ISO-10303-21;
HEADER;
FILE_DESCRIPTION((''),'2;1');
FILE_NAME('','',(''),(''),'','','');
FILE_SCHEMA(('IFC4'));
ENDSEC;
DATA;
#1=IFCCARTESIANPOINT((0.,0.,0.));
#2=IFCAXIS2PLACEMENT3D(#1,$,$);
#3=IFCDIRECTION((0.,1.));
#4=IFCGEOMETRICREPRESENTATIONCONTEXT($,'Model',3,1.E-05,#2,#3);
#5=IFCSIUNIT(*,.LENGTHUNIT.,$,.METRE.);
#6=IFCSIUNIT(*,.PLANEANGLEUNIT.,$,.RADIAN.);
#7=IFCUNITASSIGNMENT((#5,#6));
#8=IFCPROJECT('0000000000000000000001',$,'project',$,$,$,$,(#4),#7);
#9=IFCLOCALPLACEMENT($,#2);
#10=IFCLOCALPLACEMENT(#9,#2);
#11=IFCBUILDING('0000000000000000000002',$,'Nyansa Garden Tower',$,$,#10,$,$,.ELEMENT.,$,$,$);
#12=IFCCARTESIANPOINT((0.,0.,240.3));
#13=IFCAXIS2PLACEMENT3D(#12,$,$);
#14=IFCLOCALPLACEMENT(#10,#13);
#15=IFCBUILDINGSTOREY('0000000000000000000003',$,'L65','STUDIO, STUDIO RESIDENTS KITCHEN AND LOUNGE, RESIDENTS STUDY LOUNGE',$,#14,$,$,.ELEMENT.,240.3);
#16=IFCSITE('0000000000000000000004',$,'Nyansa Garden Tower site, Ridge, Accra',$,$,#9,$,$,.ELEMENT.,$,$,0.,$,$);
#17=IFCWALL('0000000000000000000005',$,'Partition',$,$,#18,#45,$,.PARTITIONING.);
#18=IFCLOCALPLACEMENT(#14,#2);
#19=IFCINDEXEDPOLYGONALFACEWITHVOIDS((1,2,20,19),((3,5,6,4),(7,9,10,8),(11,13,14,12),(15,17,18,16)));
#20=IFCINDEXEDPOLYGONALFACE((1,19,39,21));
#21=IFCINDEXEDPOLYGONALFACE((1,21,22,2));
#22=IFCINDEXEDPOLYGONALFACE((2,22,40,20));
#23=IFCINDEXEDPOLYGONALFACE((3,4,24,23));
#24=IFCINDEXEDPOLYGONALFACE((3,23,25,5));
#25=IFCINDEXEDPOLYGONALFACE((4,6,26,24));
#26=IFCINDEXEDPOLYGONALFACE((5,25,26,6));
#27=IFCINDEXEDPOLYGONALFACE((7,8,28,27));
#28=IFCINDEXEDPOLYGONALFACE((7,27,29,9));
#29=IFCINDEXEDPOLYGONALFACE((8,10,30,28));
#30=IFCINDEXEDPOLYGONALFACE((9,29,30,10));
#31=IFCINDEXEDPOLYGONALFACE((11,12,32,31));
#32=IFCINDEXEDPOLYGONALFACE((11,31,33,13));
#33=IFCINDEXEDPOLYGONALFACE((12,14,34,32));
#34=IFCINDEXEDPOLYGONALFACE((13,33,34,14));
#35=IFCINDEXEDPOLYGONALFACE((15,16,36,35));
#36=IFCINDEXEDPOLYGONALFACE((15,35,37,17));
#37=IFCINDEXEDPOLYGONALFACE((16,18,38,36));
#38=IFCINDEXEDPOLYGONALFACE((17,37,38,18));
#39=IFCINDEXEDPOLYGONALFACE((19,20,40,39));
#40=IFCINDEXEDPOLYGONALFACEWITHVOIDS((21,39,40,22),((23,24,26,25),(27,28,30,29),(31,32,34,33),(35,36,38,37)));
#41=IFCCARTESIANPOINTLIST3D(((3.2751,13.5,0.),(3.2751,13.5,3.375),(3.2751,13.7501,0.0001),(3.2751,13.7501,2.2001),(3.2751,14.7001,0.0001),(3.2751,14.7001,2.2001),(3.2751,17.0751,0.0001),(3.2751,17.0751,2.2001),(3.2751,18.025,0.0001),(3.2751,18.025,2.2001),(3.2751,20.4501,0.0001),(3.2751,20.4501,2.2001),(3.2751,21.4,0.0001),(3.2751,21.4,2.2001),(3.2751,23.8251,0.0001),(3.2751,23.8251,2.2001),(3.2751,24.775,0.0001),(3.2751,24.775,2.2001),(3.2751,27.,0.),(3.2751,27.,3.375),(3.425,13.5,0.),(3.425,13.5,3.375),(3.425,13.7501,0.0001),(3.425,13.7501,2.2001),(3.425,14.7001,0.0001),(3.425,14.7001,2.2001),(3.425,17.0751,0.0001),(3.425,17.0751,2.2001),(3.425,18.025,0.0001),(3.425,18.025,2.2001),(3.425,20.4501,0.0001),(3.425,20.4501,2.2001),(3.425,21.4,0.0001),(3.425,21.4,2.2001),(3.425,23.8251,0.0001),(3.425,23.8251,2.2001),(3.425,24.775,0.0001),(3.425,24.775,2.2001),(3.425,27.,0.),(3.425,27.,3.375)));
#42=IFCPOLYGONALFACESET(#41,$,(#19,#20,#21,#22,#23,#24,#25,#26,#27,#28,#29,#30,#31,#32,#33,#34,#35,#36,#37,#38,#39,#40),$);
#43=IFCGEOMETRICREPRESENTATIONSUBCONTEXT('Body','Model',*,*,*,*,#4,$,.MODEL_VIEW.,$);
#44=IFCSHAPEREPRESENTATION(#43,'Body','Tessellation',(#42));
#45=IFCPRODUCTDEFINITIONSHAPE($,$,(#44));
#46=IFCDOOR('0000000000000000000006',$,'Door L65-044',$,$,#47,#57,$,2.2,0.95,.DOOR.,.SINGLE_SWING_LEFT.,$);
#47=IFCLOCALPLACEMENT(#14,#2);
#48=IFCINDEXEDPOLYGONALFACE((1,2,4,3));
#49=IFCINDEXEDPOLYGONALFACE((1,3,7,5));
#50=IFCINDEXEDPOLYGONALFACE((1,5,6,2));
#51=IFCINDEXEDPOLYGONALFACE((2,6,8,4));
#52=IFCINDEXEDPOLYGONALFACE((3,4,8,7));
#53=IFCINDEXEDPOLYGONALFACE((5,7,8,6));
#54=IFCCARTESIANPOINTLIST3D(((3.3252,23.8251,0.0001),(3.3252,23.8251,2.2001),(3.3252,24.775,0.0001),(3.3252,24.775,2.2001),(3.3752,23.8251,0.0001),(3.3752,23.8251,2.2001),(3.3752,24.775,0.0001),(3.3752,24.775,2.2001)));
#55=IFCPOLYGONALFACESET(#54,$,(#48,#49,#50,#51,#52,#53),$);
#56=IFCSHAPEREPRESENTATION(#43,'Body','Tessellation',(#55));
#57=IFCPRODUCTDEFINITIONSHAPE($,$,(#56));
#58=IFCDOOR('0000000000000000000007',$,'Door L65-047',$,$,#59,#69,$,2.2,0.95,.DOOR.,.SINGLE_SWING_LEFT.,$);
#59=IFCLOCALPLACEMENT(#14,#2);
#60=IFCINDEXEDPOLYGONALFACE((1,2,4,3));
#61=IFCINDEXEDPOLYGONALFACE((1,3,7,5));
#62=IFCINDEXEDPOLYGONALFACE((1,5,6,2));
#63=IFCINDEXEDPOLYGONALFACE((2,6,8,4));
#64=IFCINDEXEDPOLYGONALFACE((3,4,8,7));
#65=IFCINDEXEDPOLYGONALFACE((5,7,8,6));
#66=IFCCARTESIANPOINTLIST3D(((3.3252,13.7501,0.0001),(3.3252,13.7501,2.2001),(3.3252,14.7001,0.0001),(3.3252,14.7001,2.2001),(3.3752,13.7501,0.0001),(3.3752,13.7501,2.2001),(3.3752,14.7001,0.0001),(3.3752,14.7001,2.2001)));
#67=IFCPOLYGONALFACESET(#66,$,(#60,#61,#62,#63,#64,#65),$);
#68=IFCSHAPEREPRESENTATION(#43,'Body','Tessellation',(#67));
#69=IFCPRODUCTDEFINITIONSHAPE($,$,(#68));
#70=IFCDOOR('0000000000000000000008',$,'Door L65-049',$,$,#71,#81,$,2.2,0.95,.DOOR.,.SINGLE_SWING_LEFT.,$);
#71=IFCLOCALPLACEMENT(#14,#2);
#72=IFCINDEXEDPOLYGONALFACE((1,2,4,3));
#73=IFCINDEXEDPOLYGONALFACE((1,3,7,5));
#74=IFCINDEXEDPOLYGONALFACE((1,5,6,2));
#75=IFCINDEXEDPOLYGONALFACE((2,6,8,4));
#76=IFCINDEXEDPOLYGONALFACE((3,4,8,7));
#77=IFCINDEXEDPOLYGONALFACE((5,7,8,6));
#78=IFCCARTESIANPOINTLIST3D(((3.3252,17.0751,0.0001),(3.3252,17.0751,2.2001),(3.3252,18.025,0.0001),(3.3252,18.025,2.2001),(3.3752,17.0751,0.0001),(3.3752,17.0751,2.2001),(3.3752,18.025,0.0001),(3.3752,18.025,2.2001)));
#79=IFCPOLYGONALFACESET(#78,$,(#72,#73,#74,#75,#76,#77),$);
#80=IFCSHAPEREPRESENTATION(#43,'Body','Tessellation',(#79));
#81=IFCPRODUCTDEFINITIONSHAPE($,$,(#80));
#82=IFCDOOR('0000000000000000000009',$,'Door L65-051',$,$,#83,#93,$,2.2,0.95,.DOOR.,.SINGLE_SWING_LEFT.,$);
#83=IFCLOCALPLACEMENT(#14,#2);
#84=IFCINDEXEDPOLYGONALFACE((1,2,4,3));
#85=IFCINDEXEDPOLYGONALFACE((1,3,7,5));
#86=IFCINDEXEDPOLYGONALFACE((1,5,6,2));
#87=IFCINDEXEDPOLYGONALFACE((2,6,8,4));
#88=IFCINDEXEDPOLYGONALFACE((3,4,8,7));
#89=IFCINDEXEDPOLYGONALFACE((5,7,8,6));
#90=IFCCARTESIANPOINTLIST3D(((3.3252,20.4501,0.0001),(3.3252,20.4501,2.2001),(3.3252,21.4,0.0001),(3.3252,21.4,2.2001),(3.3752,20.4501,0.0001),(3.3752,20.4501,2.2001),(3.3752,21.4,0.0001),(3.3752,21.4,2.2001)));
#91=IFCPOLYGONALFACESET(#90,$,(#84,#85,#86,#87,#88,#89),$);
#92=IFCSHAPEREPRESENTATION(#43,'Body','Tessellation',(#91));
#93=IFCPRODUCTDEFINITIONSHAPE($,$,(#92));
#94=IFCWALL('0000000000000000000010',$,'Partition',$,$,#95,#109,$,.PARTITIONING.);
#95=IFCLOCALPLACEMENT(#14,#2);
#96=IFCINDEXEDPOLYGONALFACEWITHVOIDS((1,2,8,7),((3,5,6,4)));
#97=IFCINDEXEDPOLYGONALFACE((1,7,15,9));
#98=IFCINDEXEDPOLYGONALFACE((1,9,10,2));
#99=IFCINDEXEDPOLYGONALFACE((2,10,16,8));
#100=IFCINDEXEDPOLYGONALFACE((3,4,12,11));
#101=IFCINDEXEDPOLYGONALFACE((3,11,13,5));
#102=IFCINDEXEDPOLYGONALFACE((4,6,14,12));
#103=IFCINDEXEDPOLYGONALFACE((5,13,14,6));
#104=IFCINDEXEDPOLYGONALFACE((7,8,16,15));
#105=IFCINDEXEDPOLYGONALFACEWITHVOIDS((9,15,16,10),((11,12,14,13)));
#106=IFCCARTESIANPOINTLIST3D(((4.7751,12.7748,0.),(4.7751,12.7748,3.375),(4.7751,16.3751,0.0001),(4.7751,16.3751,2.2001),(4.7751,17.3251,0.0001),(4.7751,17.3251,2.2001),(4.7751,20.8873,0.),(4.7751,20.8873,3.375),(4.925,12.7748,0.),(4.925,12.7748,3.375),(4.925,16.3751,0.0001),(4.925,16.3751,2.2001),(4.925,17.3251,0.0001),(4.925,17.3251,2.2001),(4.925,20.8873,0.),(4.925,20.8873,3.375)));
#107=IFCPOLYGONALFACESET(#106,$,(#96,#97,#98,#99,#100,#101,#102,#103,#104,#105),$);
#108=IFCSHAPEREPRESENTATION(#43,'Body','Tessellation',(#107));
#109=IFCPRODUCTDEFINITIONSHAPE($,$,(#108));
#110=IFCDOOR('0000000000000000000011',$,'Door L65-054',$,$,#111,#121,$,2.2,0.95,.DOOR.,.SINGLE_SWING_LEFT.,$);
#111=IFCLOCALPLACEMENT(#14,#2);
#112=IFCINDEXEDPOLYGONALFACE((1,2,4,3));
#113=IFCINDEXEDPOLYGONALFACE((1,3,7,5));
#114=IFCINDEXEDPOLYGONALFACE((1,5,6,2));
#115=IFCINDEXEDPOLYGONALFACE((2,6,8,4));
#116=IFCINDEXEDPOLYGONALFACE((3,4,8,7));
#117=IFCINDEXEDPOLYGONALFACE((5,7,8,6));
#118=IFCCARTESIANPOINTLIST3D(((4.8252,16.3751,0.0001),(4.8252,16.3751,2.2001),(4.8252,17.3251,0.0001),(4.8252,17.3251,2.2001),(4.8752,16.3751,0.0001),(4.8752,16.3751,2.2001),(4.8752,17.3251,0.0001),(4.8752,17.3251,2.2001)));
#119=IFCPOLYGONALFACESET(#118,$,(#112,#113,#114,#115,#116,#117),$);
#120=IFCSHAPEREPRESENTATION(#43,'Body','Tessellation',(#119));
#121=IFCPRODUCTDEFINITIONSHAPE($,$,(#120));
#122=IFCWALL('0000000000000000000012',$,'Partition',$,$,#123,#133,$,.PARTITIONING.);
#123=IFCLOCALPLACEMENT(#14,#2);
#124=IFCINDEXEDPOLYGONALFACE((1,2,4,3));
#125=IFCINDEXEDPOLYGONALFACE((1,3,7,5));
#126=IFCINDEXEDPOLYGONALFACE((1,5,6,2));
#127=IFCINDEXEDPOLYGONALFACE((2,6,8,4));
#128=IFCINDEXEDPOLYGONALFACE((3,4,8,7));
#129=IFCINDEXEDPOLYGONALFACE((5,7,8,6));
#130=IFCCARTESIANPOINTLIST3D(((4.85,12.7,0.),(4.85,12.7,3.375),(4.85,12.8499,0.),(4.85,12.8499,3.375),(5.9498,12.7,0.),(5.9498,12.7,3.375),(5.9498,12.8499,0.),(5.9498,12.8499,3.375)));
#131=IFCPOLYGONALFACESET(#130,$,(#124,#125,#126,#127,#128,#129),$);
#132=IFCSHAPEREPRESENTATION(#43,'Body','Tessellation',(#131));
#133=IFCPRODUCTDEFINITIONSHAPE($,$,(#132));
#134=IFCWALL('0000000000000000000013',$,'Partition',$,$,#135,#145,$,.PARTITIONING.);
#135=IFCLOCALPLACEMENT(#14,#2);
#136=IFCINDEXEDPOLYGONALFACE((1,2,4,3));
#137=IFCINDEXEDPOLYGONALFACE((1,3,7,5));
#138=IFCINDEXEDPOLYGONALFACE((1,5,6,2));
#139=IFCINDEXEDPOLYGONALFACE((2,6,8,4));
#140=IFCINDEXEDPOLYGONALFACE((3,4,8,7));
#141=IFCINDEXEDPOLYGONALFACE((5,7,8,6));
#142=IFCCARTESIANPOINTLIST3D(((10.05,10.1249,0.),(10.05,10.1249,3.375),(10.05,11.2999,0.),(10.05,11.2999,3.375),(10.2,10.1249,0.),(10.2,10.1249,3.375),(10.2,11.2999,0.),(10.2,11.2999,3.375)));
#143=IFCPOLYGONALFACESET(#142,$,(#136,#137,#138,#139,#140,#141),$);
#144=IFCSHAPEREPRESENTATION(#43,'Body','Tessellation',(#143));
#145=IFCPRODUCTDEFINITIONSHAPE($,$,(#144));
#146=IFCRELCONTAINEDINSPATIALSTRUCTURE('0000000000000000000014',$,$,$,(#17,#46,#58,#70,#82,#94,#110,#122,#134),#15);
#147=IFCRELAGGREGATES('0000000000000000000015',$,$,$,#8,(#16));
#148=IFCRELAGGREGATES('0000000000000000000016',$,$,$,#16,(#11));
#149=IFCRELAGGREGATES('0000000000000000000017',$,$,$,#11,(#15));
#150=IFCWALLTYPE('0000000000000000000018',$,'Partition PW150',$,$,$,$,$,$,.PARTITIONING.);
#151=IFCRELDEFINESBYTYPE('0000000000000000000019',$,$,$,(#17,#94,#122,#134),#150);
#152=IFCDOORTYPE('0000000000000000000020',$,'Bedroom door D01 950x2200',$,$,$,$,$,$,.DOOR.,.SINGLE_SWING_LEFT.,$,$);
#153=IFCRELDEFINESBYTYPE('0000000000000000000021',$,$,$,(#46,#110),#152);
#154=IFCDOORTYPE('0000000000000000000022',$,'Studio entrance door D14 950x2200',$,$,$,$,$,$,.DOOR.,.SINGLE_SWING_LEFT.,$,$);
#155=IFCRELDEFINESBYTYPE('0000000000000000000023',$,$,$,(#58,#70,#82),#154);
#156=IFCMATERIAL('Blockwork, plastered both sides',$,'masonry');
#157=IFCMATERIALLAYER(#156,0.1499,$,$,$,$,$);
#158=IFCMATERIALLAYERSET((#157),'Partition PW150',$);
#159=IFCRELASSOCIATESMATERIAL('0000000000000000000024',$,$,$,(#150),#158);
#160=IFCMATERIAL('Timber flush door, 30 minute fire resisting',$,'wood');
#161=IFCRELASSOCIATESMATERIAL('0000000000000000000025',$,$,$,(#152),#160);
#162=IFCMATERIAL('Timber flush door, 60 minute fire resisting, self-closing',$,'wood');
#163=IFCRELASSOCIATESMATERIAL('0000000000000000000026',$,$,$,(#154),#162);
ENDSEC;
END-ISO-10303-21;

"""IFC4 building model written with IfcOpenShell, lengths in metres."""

from ifc_helpers import new_model, si_unit, direction, frame, frame_2d, origin, place, context, subcontext, project, spatial, rectangle, extrude, material, layer, layer_set, type_object, element, fill, save


model = new_model("IFC4")

# Units and contexts
model_context = context("Model", 3, precision=1e-05, world=origin(), true_north=direction((0.0, 1.0)))
body_context = subcontext(model_context, "Body", "Model", "MODEL_VIEW")
ifc_project = project(units=[si_unit("LENGTHUNIT", "METRE"), si_unit("PLANEANGLEUNIT", "RADIAN")], contexts=[model_context])

# Site, building, storey
site_placement = place(None, origin())
site = spatial("IfcSite", under=ifc_project, at=site_placement, Name="Nyansa Garden Tower site, Ridge, Accra", CompositionType="ELEMENT", RefElevation=0.0)
building_placement = place(site_placement, origin())
building = spatial("IfcBuilding", under=site, at=building_placement, Name="Nyansa Garden Tower", CompositionType="ELEMENT")
storey_placement = place(building_placement, frame((0.0, 0.0, 240.3)))
storey = spatial("IfcBuildingStorey", under=building, at=storey_placement, Name="L65", Description="STUDIO, STUDIO RESIDENTS KITCHEN AND LOUNGE, RESIDENTS STUDY LOUNGE", CompositionType="ELEMENT", Elevation=240.3)

# Shared definitions
ifc_material_1 = material(Name="Blockwork, plastered both sides", Category="masonry")
ifc_layer = layer(ifc_material_1, 0.1499)
ifc_layer_set = layer_set([ifc_layer], Name="Partition PW150")
wall_type = type_object("IfcWallType", Name="Partition PW150", PredefinedType="PARTITIONING", material=ifc_layer_set)

# Wall, openings, doors
wall_1_placement = place(storey_placement, frame((3.3501, 13.5, 0.0), z_axis=(0.0, 0.0, 1.0), x_axis=(0.0, 1.0, 0.0)))
wall_1 = element("IfcWall", 1, at=wall_1_placement, inside=storey, type_object=wall_type, Name="Partition", PredefinedType="PARTITIONING", context=body_context, shape_type="SweptSolid", body=[
    extrude(rectangle(XDim=13.5, YDim=0.1499, at=frame_2d((6.75, 0.0))), origin(), (0.0, 0.0, 1.0), 3.375),
])
opening_1_placement = place(wall_1_placement, frame((10.325, 0.0, 0.0)))
opening_1 = element("IfcOpeningElement", 2, at=opening_1_placement, cuts=wall_1, PredefinedType="OPENING", context=body_context, shape_type="SweptSolid", body=[
    extrude(rectangle(XDim=0.95, YDim=2.2, at=frame_2d((0.4751, 1.1001))), frame((0.0, 0.085, 0.0), z_axis=(0.0, -1.0, 0.0), x_axis=(1.0, 0.0, 0.0)), (0.0, 0.0, 1.0), 0.1699),
])
opening_2_placement = place(wall_1_placement, frame((0.25, 0.0, 0.0)))
opening_2 = element("IfcOpeningElement", 3, at=opening_2_placement, cuts=wall_1, PredefinedType="OPENING", context=body_context, shape_type="SweptSolid", body=[
    extrude(rectangle(XDim=0.95, YDim=2.2, at=frame_2d((0.4751, 1.1001))), frame((0.0, 0.085, 0.0), z_axis=(0.0, -1.0, 0.0), x_axis=(1.0, 0.0, 0.0)), (0.0, 0.0, 1.0), 0.1699),
])
opening_3_placement = place(wall_1_placement, frame((3.575, 0.0, 0.0)))
opening_3 = element("IfcOpeningElement", 4, at=opening_3_placement, cuts=wall_1, PredefinedType="OPENING", context=body_context, shape_type="SweptSolid", body=[
    extrude(rectangle(XDim=0.95, YDim=2.2, at=frame_2d((0.4751, 1.1001))), frame((0.0, 0.085, 0.0), z_axis=(0.0, -1.0, 0.0), x_axis=(1.0, 0.0, 0.0)), (0.0, 0.0, 1.0), 0.1699),
])
opening_4_placement = place(wall_1_placement, frame((6.95, 0.0, 0.0)))
opening_4 = element("IfcOpeningElement", 5, at=opening_4_placement, cuts=wall_1, PredefinedType="OPENING", context=body_context, shape_type="SweptSolid", body=[
    extrude(rectangle(XDim=0.95, YDim=2.2, at=frame_2d((0.4751, 1.1001))), frame((0.0, 0.085, 0.0), z_axis=(0.0, -1.0, 0.0), x_axis=(1.0, 0.0, 0.0)), (0.0, 0.0, 1.0), 0.1699),
])
ifc_material_2 = material(Name="Timber flush door, 30 minute fire resisting", Category="wood")
door_type_1 = type_object("IfcDoorType", Name="Bedroom door D01 950x2200", OperationType="SINGLE_SWING_LEFT", PredefinedType="DOOR", material=ifc_material_2)
door_1_placement = place(opening_1_placement, origin())
door_1 = element("IfcDoor", 6, at=door_1_placement, inside=storey, type_object=door_type_1, Name="Door L65-044", OperationType="SINGLE_SWING_LEFT", OverallHeight=2.2, OverallWidth=0.95, PredefinedType="DOOR", context=body_context, shape_type="SweptSolid", body=[
    extrude(rectangle(XDim=0.95, YDim=2.2, at=frame_2d((0.4751, 1.1001))), frame((0.0, 0.0249, 0.0), z_axis=(0.0, -1.0, 0.0), x_axis=(1.0, 0.0, 0.0)), (0.0, 0.0, 1.0), 0.05),
])
fill(opening_1, door_1)
ifc_material_3 = material(Name="Timber flush door, 60 minute fire resisting, self-closing", Category="wood")
door_type_2 = type_object("IfcDoorType", Name="Studio entrance door D14 950x2200", OperationType="SINGLE_SWING_LEFT", PredefinedType="DOOR", material=ifc_material_3)
door_2_placement = place(opening_2_placement, origin())
door_2 = element("IfcDoor", 7, at=door_2_placement, inside=storey, type_object=door_type_2, Name="Door L65-047", OperationType="SINGLE_SWING_LEFT", OverallHeight=2.2, OverallWidth=0.95, PredefinedType="DOOR", context=body_context, shape_type="SweptSolid", body=[
    extrude(rectangle(XDim=0.95, YDim=2.2, at=frame_2d((0.4751, 1.1001))), frame((0.0, 0.0249, 0.0), z_axis=(0.0, -1.0, 0.0), x_axis=(1.0, 0.0, 0.0)), (0.0, 0.0, 1.0), 0.05),
])
fill(opening_2, door_2)
door_3_placement = place(opening_3_placement, origin())
door_3 = element("IfcDoor", 8, at=door_3_placement, inside=storey, type_object=door_type_2, Name="Door L65-049", OperationType="SINGLE_SWING_LEFT", OverallHeight=2.2, OverallWidth=0.95, PredefinedType="DOOR", context=body_context, shape_type="SweptSolid", body=[
    extrude(rectangle(XDim=0.95, YDim=2.2, at=frame_2d((0.4751, 1.1001))), frame((0.0, 0.0249, 0.0), z_axis=(0.0, -1.0, 0.0), x_axis=(1.0, 0.0, 0.0)), (0.0, 0.0, 1.0), 0.05),
])
fill(opening_3, door_3)
door_4_placement = place(opening_4_placement, origin())
door_4 = element("IfcDoor", 9, at=door_4_placement, inside=storey, type_object=door_type_2, Name="Door L65-051", OperationType="SINGLE_SWING_LEFT", OverallHeight=2.2, OverallWidth=0.95, PredefinedType="DOOR", context=body_context, shape_type="SweptSolid", body=[
    extrude(rectangle(XDim=0.95, YDim=2.2, at=frame_2d((0.4751, 1.1001))), frame((0.0, 0.0249, 0.0), z_axis=(0.0, -1.0, 0.0), x_axis=(1.0, 0.0, 0.0)), (0.0, 0.0, 1.0), 0.05),
])
fill(opening_4, door_4)

# Wall, opening, door
wall_2_placement = place(storey_placement, frame((4.8501, 12.7749, 0.0), z_axis=(0.0, 0.0, 1.0), x_axis=(0.0, 1.0, 0.0)))
wall_2 = element("IfcWall", 10, at=wall_2_placement, inside=storey, type_object=wall_type, Name="Partition", PredefinedType="PARTITIONING", context=body_context, shape_type="SweptSolid", body=[
    extrude(rectangle(XDim=8.1125, YDim=0.1499, at=frame_2d((4.0562, 0.0))), origin(), (0.0, 0.0, 1.0), 3.375),
])
opening_5_placement = place(wall_2_placement, frame((3.6001, 0.0, 0.0)))
opening_5 = element("IfcOpeningElement", 11, at=opening_5_placement, cuts=wall_2, PredefinedType="OPENING", context=body_context, shape_type="SweptSolid", body=[
    extrude(rectangle(XDim=0.95, YDim=2.2, at=frame_2d((0.4751, 1.1001))), frame((0.0, 0.085, 0.0), z_axis=(0.0, -1.0, 0.0), x_axis=(1.0, 0.0, 0.0)), (0.0, 0.0, 1.0), 0.1699),
])
door_5_placement = place(opening_5_placement, origin())
door_5 = element("IfcDoor", 12, at=door_5_placement, inside=storey, type_object=door_type_1, Name="Door L65-054", OperationType="SINGLE_SWING_LEFT", OverallHeight=2.2, OverallWidth=0.95, PredefinedType="DOOR", context=body_context, shape_type="SweptSolid", body=[
    extrude(rectangle(XDim=0.95, YDim=2.2, at=frame_2d((0.4751, 1.1001))), frame((0.0, 0.0249, 0.0), z_axis=(0.0, -1.0, 0.0), x_axis=(1.0, 0.0, 0.0)), (0.0, 0.0, 1.0), 0.05),
])
fill(opening_5, door_5)

# Walls
wall_3_placement = place(storey_placement, frame((4.8501, 12.7749, 0.0), z_axis=(0.0, 0.0, 1.0), x_axis=(1.0, 0.0, 0.0)))
element("IfcWall", 13, at=wall_3_placement, inside=storey, type_object=wall_type, Name="Partition", PredefinedType="PARTITIONING", context=body_context, shape_type="SweptSolid", body=[
    extrude(rectangle(XDim=1.0999, YDim=0.1499, at=frame_2d((0.5498, 0.0))), origin(), (0.0, 0.0, 1.0), 3.375),
])
wall_4_placement = place(storey_placement, frame((10.125, 10.125, 0.0), z_axis=(0.0, 0.0, 1.0), x_axis=(0.0, 1.0, 0.0)))
element("IfcWall", 14, at=wall_4_placement, inside=storey, type_object=wall_type, Name="Partition", PredefinedType="PARTITIONING", context=body_context, shape_type="SweptSolid", body=[
    extrude(rectangle(XDim=1.175, YDim=0.1499, at=frame_2d((0.5874, 0.0))), origin(), (0.0, 0.0, 1.0), 3.375),
])

save(model, "model.ifc")
